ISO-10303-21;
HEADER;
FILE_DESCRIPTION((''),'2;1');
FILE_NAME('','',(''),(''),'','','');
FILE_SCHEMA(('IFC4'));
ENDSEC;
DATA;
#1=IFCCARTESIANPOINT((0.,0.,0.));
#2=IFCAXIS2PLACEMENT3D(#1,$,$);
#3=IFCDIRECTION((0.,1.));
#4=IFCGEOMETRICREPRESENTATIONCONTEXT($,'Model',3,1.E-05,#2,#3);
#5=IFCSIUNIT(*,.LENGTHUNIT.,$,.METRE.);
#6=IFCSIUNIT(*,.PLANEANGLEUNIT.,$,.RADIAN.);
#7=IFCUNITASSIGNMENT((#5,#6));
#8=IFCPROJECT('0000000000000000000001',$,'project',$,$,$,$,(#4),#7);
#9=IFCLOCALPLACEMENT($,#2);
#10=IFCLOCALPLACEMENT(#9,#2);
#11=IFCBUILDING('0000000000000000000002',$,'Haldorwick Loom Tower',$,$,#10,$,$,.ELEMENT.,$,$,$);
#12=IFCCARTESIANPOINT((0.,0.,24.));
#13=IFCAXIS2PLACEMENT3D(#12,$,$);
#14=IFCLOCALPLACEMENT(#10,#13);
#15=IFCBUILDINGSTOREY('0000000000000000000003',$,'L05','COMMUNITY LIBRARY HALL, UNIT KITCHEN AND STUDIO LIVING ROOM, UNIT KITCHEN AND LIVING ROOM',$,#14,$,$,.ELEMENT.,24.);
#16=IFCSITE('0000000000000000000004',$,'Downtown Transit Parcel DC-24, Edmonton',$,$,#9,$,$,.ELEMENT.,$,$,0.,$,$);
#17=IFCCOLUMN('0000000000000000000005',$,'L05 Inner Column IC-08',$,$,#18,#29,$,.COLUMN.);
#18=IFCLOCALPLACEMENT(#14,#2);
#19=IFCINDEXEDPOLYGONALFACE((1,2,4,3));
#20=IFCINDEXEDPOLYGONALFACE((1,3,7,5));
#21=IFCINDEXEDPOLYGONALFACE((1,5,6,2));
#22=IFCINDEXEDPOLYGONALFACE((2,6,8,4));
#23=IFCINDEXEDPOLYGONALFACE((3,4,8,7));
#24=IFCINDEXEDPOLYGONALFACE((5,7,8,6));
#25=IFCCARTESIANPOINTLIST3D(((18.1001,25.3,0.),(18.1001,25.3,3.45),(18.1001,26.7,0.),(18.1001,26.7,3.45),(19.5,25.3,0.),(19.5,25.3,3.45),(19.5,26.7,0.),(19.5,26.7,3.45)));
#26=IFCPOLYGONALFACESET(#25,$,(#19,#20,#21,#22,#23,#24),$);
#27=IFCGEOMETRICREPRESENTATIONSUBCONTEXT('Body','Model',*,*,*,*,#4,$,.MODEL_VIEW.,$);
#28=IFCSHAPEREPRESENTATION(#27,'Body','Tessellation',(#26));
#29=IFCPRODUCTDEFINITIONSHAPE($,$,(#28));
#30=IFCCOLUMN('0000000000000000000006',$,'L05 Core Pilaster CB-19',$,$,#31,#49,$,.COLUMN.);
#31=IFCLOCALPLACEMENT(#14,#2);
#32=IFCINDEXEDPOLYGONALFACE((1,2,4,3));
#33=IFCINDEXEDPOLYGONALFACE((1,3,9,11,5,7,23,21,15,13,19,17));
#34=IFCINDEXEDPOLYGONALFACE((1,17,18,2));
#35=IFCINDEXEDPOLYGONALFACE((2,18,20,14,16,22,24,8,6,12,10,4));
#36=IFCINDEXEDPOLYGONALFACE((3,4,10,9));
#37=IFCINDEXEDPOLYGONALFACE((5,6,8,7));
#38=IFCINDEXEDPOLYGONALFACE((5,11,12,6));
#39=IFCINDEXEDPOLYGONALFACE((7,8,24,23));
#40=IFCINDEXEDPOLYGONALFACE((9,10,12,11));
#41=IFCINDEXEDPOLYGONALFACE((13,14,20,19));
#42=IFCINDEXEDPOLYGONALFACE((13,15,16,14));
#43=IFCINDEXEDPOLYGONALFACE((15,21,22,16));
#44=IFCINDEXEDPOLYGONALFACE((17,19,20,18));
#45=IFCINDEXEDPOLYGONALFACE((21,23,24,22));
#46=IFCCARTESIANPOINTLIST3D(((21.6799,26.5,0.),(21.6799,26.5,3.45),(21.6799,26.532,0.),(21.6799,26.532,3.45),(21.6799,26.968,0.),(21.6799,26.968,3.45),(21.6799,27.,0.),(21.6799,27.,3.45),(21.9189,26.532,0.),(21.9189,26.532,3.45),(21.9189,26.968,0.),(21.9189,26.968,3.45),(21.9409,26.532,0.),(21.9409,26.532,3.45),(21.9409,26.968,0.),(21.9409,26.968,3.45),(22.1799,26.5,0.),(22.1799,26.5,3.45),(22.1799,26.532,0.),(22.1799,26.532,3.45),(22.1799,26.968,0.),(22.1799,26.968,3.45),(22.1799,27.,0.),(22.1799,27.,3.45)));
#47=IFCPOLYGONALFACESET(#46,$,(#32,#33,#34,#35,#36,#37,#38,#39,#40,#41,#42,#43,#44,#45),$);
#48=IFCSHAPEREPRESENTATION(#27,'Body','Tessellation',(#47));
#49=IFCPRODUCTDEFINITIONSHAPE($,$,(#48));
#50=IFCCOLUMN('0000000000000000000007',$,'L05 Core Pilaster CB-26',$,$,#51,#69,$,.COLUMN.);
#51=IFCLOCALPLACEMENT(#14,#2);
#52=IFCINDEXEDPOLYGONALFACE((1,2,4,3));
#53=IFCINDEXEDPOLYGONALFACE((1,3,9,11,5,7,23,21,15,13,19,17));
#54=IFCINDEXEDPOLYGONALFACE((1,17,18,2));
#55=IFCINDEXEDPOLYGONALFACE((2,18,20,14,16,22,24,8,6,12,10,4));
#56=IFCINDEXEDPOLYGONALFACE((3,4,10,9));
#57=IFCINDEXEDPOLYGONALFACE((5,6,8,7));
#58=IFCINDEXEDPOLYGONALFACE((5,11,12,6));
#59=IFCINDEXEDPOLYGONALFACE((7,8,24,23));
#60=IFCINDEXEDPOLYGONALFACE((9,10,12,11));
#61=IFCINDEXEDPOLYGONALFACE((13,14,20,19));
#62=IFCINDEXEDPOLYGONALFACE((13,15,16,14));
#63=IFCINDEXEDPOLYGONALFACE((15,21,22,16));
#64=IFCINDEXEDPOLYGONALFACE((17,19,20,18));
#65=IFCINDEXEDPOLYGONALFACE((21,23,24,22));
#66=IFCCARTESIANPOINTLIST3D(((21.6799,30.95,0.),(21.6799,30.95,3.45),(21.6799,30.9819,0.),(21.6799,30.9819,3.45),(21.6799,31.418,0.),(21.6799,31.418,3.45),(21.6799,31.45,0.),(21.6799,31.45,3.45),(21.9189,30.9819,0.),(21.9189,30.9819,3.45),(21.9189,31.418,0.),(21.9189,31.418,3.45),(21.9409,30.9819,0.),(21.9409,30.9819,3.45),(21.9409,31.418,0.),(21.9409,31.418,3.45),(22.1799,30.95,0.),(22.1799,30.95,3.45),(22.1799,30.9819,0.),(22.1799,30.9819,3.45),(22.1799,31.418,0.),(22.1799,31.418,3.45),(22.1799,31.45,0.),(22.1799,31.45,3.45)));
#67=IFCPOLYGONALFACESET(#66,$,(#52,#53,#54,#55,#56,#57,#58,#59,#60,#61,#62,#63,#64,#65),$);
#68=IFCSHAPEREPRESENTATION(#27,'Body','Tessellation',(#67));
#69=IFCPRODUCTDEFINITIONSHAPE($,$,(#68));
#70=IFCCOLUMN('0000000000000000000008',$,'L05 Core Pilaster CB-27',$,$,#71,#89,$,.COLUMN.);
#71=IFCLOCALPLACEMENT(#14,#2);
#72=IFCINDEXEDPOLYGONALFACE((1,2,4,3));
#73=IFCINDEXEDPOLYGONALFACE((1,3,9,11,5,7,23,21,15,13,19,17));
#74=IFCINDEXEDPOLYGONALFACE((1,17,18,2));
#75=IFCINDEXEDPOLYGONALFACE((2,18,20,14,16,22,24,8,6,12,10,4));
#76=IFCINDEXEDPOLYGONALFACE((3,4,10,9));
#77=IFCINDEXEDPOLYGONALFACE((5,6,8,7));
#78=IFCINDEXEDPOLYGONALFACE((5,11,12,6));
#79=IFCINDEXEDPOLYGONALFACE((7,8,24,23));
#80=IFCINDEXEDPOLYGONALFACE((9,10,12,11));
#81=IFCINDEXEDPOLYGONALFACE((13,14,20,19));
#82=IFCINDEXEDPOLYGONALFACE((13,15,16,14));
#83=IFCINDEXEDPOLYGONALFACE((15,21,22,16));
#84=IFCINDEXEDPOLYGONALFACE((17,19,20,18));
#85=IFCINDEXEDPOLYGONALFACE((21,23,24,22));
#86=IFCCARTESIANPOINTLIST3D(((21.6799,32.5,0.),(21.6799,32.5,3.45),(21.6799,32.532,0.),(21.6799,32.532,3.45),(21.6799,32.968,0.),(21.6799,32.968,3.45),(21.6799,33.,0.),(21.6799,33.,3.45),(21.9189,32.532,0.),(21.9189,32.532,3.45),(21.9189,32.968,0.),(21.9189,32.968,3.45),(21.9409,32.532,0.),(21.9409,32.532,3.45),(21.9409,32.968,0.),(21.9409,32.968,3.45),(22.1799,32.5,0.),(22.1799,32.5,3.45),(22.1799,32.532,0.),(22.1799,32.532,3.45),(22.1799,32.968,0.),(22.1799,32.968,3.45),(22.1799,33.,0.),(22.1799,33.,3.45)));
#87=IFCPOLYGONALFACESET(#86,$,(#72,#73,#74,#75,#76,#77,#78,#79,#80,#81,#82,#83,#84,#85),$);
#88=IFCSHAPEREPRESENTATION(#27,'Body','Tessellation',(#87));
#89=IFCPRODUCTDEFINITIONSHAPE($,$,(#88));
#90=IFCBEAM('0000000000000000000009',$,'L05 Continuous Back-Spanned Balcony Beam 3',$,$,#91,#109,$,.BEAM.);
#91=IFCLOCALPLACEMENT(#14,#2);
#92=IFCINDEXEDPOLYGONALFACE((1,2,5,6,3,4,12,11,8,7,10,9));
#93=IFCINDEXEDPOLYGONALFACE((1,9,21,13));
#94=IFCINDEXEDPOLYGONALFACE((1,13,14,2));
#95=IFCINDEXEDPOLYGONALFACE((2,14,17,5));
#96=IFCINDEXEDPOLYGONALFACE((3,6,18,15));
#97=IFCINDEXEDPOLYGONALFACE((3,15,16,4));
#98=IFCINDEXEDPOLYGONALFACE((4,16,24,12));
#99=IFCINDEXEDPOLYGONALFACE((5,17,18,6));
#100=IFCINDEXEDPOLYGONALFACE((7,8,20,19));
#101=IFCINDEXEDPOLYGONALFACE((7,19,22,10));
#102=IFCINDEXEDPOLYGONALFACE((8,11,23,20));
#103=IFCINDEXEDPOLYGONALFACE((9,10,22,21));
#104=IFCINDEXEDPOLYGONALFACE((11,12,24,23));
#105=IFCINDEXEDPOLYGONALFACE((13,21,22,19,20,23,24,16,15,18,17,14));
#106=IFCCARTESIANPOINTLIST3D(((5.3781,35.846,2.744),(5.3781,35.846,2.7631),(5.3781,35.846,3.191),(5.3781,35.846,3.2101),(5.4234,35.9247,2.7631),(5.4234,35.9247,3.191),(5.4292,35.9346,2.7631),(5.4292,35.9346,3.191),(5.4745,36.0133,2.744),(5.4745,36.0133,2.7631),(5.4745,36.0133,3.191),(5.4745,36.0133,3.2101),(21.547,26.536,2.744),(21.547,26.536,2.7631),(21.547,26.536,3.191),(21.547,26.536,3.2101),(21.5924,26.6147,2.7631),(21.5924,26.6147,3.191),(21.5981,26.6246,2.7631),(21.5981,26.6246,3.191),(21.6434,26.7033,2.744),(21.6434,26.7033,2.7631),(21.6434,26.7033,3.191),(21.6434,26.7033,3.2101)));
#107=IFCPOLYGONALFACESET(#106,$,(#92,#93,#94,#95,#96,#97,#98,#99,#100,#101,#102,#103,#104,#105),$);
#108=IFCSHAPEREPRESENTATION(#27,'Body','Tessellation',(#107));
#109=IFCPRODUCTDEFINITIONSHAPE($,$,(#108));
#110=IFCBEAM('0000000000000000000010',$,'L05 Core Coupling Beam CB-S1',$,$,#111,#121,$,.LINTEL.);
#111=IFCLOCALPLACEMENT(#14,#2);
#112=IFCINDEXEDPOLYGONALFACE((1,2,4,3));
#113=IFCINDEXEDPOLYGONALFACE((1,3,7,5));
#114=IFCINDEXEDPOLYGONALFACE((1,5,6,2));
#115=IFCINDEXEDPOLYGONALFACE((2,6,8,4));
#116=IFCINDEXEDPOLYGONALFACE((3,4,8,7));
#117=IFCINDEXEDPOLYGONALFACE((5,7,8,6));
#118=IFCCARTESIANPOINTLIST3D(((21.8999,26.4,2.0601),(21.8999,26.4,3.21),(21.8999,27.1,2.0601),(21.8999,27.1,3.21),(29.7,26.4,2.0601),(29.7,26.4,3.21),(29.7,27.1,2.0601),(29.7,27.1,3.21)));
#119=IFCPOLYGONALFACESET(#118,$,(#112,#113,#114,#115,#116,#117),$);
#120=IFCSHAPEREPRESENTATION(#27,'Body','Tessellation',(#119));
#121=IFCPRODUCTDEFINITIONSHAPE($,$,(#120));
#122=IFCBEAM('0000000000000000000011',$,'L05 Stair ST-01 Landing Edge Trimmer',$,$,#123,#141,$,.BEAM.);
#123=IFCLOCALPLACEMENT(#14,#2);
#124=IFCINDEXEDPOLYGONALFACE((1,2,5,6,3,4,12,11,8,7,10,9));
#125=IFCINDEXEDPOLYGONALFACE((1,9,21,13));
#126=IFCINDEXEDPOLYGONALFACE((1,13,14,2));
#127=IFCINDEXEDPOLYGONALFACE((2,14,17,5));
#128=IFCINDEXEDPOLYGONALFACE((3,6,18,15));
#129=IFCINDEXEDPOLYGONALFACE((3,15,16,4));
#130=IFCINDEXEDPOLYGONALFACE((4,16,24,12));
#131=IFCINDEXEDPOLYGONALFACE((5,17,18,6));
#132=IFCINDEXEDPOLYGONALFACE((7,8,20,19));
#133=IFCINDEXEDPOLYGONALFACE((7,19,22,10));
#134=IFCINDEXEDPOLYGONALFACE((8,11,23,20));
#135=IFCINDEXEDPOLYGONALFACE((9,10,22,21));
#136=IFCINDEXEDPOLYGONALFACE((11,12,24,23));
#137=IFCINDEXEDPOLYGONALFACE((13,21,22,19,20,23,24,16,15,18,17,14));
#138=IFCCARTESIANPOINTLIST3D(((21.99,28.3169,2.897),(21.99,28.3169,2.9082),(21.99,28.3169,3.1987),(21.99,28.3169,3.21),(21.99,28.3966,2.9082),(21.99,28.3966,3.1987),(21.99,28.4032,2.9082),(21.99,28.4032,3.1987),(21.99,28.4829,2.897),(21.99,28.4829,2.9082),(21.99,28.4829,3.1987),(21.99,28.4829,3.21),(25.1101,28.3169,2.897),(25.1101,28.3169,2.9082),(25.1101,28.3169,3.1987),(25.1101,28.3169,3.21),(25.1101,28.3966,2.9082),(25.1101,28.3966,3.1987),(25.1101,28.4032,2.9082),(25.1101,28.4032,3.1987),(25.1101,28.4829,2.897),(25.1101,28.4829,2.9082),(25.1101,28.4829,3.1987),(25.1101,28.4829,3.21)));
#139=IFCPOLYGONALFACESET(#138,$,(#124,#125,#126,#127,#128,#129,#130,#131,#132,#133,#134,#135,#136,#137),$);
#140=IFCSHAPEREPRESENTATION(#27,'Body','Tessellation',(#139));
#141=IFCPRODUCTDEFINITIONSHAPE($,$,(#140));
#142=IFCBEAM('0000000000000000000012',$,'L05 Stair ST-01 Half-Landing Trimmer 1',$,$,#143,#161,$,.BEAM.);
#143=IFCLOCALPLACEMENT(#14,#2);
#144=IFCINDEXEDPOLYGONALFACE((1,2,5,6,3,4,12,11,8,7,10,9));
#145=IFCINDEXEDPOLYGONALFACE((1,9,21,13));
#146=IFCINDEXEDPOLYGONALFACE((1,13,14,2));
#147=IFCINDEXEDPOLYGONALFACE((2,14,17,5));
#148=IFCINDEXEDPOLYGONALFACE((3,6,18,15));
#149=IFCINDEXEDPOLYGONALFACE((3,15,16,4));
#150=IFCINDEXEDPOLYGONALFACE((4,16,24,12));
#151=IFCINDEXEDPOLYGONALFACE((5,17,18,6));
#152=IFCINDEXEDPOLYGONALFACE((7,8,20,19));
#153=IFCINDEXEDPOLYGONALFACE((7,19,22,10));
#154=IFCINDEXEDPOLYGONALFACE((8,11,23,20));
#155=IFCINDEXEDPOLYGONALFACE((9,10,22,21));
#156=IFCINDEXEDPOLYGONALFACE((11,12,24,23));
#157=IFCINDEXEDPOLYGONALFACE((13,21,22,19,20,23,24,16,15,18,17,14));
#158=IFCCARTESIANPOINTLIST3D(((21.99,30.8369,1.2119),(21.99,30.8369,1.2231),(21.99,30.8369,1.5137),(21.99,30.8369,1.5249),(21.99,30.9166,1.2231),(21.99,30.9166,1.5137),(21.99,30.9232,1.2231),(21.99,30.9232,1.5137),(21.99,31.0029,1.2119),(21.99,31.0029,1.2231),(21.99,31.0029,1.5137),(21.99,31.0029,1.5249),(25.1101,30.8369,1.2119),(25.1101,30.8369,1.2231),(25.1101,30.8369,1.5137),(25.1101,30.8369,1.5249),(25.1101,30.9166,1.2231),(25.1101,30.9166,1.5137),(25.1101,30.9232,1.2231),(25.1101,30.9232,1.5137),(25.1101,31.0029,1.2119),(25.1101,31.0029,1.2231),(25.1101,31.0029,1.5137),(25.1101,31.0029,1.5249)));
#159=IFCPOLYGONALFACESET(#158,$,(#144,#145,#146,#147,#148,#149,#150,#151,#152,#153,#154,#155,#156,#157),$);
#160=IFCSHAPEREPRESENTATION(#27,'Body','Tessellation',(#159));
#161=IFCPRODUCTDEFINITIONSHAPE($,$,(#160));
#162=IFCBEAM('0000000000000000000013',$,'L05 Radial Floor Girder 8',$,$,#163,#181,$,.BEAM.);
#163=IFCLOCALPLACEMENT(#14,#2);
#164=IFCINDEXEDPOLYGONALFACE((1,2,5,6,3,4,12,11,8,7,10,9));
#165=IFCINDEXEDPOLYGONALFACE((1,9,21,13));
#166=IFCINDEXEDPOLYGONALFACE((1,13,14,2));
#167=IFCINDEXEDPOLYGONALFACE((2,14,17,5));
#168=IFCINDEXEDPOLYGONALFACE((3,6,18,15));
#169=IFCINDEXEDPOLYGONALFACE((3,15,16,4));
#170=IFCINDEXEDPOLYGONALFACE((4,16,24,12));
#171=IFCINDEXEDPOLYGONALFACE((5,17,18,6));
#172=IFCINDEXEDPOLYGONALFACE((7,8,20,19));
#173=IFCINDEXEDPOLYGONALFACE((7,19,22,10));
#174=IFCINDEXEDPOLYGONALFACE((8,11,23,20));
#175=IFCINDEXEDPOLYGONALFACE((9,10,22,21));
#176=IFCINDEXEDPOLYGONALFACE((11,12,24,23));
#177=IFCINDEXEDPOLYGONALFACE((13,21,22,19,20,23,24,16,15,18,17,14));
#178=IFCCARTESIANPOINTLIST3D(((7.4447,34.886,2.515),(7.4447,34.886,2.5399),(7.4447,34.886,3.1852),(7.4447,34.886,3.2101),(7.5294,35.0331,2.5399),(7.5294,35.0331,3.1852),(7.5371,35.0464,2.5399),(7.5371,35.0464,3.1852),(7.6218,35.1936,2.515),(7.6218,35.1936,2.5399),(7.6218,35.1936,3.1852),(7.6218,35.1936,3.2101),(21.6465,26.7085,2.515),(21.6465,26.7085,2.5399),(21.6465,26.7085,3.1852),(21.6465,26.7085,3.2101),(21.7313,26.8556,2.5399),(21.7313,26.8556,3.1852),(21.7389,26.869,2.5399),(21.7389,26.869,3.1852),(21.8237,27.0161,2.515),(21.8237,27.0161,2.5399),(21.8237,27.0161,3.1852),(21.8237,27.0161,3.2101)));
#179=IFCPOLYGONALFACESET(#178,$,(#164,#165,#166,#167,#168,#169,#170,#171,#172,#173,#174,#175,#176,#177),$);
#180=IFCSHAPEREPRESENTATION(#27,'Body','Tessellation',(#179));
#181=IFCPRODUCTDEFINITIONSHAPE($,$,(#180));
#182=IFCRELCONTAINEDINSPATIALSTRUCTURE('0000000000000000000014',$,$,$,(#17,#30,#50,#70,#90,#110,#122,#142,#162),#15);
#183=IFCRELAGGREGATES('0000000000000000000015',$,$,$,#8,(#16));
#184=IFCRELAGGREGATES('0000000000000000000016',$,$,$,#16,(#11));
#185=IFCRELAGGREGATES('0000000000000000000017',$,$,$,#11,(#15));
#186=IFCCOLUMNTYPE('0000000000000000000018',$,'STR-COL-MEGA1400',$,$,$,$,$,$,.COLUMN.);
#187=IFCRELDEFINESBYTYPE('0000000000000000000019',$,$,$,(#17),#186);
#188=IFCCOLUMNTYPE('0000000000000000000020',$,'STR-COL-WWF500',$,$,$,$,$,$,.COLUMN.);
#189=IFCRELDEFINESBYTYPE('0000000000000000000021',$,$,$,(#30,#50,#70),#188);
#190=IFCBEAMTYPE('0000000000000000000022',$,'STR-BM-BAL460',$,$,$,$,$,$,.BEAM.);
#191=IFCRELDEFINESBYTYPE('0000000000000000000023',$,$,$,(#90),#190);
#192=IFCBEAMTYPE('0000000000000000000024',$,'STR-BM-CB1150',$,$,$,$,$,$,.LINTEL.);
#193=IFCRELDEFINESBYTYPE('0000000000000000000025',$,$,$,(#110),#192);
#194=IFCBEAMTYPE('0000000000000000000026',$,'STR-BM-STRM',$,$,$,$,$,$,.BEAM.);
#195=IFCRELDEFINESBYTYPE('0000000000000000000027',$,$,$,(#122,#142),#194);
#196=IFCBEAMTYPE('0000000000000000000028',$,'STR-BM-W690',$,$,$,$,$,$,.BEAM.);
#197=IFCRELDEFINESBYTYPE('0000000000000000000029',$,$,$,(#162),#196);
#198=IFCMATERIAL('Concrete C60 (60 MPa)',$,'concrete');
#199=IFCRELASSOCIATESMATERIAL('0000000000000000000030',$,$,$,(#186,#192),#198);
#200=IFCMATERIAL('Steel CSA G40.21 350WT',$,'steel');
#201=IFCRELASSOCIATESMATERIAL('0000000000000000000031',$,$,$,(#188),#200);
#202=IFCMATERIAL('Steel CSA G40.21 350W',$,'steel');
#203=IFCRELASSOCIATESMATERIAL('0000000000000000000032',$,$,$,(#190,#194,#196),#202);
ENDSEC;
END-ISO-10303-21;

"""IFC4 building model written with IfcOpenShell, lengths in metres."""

from ifc_helpers import new_model, si_unit, direction, frame, origin, origin_2d, place, context, subcontext, project, spatial, rectangle, i_section, extrude, material, material_profile, profile_set, type_object, element, save


model = new_model("IFC4")

# Units and contexts
model_context = context("Model", 3, precision=1e-05, world=origin(), true_north=direction((0.0, 1.0)))
body_context = subcontext(model_context, "Body", "Model", "MODEL_VIEW")
ifc_project = project(units=[si_unit("LENGTHUNIT", "METRE"), si_unit("PLANEANGLEUNIT", "RADIAN")], contexts=[model_context])

# Site, building, storey
site_placement = place(None, origin())
site = spatial("IfcSite", under=ifc_project, at=site_placement, Name="Downtown Transit Parcel DC-24, Edmonton", CompositionType="ELEMENT", RefElevation=0.0)
building_placement = place(site_placement, origin())
building = spatial("IfcBuilding", under=site, at=building_placement, Name="Haldorwick Loom Tower", CompositionType="ELEMENT")
storey_placement = place(building_placement, frame((0.0, 0.0, 24.0)))
storey = spatial("IfcBuildingStorey", under=building, at=storey_placement, Name="L05", Description="COMMUNITY LIBRARY HALL, UNIT KITCHEN AND STUDIO LIVING ROOM, UNIT KITCHEN AND LIVING ROOM", CompositionType="ELEMENT", Elevation=24.0)

# Columns
ifc_material_1 = material(Name="Concrete C60 (60 MPa)", Category="concrete")
ifc_material_profile_1 = material_profile(ifc_material_1, rectangle(XDim=1.3999, YDim=1.3999, at=origin_2d()), Name="RC1400X1400", Category="concrete")
ifc_profile_set_1 = profile_set([ifc_material_profile_1], Name="Concrete C60 (60 MPa)")
column_type_1 = type_object("IfcColumnType", Name="STR-COL-MEGA1400", PredefinedType="COLUMN", material=ifc_profile_set_1)
column_placement = place(storey_placement, frame((18.8, 26.0, 0.0), z_axis=(0.0, 0.0, 1.0), x_axis=(1.0, 0.0, 0.0)))
element("IfcColumn", 1, at=column_placement, inside=storey, type_object=column_type_1, Name="L05 Inner Column IC-08", PredefinedType="COLUMN", context=body_context, shape_type="SweptSolid", body=[
    extrude(rectangle(XDim=1.3999, YDim=1.3999, at=origin_2d()), origin(), (0.0, 0.0, 1.0), 3.45),
])
ifc_material_2 = material(Name="Steel CSA G40.21 350WT", Category="steel")
ifc_material_profile_2 = material_profile(ifc_material_2, i_section(OverallWidth=0.5, OverallDepth=0.5, WebThickness=0.022, FlangeThickness=0.032, at=origin_2d()), Name="WWF500X500", Category="steel")
ifc_profile_set_2 = profile_set([ifc_material_profile_2], Name="Steel CSA G40.21 350WT")
column_type_2 = type_object("IfcColumnType", Name="STR-COL-WWF500", PredefinedType="COLUMN", material=ifc_profile_set_2)
for number, where, z_axis, x_axis, name in (
    (2, (21.9299, 26.75, 0.0), (0.0, 0.0, 1.0), (1.0, 0.0, 0.0), "L05 Core Pilaster CB-19"),
    (3, (21.9299, 31.2, 0.0), (0.0, 0.0, 1.0), (1.0, 0.0, 0.0), "L05 Core Pilaster CB-26"),
    (4, (21.9299, 32.75, 0.0), (0.0, 0.0, 1.0), (1.0, 0.0, 0.0), "L05 Core Pilaster CB-27"),
):
    element("IfcColumn", number, at=place(storey_placement, frame(where, z_axis=z_axis, x_axis=x_axis)), inside=storey, type_object=column_type_2, Name=name, PredefinedType="COLUMN", context=body_context, shape_type="SweptSolid", body=[
        extrude(i_section(OverallWidth=0.5, OverallDepth=0.5, WebThickness=0.022, FlangeThickness=0.032, at=origin_2d()), origin(), (0.0, 0.0, 1.0), 3.45),
    ])

# Beams
ifc_material_3 = material(Name="Steel CSA G40.21 350W", Category="steel")
ifc_material_profile_3 = material_profile(ifc_material_3, i_section(OverallWidth=0.1931, OverallDepth=0.4661, WebThickness=0.0115, FlangeThickness=0.019, at=origin_2d()), Name="W460X97", Category="steel")
ifc_profile_set_3 = profile_set([ifc_material_profile_3], Name="Steel CSA G40.21 350W")
beam_type_1 = type_object("IfcBeamType", Name="STR-BM-BAL460", PredefinedType="BEAM", material=ifc_profile_set_3)
beam_1_placement = place(storey_placement, frame((21.5952, 26.6196, 2.9771), z_axis=(-0.866607, 0.498991, 0.0), x_axis=(-0.498991, -0.866607, 0.0)))
element("IfcBeam", 5, at=beam_1_placement, inside=storey, type_object=beam_type_1, Name="L05 Continuous Back-Spanned Balcony Beam 3", PredefinedType="BEAM", context=body_context, shape_type="SweptSolid", body=[
    extrude(i_section(OverallWidth=0.1931, OverallDepth=0.4661, WebThickness=0.0115, FlangeThickness=0.019, at=origin_2d()), origin(), (0.0, 0.0, 1.0), 18.6577),
])
ifc_material_profile_4 = material_profile(ifc_material_1, rectangle(XDim=0.7, YDim=1.1499, at=origin_2d()), Name="RC700X1150", Category="concrete")
ifc_profile_set_4 = profile_set([ifc_material_profile_4], Name="Concrete C60 (60 MPa)")
beam_type_2 = type_object("IfcBeamType", Name="STR-BM-CB1150", PredefinedType="LINTEL", material=ifc_profile_set_4)
beam_2_placement = place(storey_placement, frame((21.8999, 26.75, 2.635), z_axis=(1.0, 0.0, 0.0), x_axis=(0.0, 1.0, 0.0)))
element("IfcBeam", 6, at=beam_2_placement, inside=storey, type_object=beam_type_2, Name="L05 Core Coupling Beam CB-S1", PredefinedType="LINTEL", context=body_context, shape_type="SweptSolid", body=[
    extrude(rectangle(XDim=0.7, YDim=1.1499, at=origin_2d()), origin(), (0.0, 0.0, 1.0), 7.8),
])
ifc_material_profile_5 = material_profile(ifc_material_3, i_section(OverallWidth=0.166, OverallDepth=0.313, WebThickness=0.0066, FlangeThickness=0.0112, at=origin_2d()), Name="W310X45", Category="steel")
ifc_profile_set_5 = profile_set([ifc_material_profile_5], Name="Steel CSA G40.21 350W")
beam_type_3 = type_object("IfcBeamType", Name="STR-BM-STRM", PredefinedType="BEAM", material=ifc_profile_set_5)
for number, where, z_axis, x_axis, name in (
    (7, (21.99, 28.3999, 3.0535), (1.0, 0.0, 0.0), (0.0, 1.0, 0.0), "L05 Stair ST-01 Landing Edge Trimmer"),
    (8, (21.99, 30.9199, 1.3684), (1.0, 0.0, 0.0), (0.0, 1.0, 0.0), "L05 Stair ST-01 Half-Landing Trimmer 1"),
):
    element("IfcBeam", number, at=place(storey_placement, frame(where, z_axis=z_axis, x_axis=x_axis)), inside=storey, type_object=beam_type_3, Name=name, PredefinedType="BEAM", context=body_context, shape_type="SweptSolid", body=[
        extrude(i_section(OverallWidth=0.166, OverallDepth=0.313, WebThickness=0.0066, FlangeThickness=0.0112, at=origin_2d()), origin(), (0.0, 0.0, 1.0), 3.1201),
    ])
ifc_material_profile_6 = material_profile(ifc_material_3, i_section(OverallWidth=0.355, OverallDepth=0.6951, WebThickness=0.0154, FlangeThickness=0.0249, at=origin_2d()), Name="W690X217", Category="steel")
ifc_profile_set_6 = profile_set([ifc_material_profile_6], Name="Steel CSA G40.21 350W")
beam_type_4 = type_object("IfcBeamType", Name="STR-BM-W690", PredefinedType="BEAM", material=ifc_profile_set_6)
beam_3_placement = place(storey_placement, frame((21.7351, 26.8623, 2.8625), z_axis=(-0.866606, 0.498994, 0.0), x_axis=(-0.498994, -0.866606, 0.0)))
element("IfcBeam", 9, at=beam_3_placement, inside=storey, type_object=beam_type_4, Name="L05 Radial Floor Girder 8", PredefinedType="BEAM", context=body_context, shape_type="SweptSolid", body=[
    extrude(i_section(OverallWidth=0.355, OverallDepth=0.6951, WebThickness=0.0154, FlangeThickness=0.0249, at=origin_2d()), origin(), (0.0, 0.0, 1.0), 16.3879),
])

save(model, "model.ifc")
